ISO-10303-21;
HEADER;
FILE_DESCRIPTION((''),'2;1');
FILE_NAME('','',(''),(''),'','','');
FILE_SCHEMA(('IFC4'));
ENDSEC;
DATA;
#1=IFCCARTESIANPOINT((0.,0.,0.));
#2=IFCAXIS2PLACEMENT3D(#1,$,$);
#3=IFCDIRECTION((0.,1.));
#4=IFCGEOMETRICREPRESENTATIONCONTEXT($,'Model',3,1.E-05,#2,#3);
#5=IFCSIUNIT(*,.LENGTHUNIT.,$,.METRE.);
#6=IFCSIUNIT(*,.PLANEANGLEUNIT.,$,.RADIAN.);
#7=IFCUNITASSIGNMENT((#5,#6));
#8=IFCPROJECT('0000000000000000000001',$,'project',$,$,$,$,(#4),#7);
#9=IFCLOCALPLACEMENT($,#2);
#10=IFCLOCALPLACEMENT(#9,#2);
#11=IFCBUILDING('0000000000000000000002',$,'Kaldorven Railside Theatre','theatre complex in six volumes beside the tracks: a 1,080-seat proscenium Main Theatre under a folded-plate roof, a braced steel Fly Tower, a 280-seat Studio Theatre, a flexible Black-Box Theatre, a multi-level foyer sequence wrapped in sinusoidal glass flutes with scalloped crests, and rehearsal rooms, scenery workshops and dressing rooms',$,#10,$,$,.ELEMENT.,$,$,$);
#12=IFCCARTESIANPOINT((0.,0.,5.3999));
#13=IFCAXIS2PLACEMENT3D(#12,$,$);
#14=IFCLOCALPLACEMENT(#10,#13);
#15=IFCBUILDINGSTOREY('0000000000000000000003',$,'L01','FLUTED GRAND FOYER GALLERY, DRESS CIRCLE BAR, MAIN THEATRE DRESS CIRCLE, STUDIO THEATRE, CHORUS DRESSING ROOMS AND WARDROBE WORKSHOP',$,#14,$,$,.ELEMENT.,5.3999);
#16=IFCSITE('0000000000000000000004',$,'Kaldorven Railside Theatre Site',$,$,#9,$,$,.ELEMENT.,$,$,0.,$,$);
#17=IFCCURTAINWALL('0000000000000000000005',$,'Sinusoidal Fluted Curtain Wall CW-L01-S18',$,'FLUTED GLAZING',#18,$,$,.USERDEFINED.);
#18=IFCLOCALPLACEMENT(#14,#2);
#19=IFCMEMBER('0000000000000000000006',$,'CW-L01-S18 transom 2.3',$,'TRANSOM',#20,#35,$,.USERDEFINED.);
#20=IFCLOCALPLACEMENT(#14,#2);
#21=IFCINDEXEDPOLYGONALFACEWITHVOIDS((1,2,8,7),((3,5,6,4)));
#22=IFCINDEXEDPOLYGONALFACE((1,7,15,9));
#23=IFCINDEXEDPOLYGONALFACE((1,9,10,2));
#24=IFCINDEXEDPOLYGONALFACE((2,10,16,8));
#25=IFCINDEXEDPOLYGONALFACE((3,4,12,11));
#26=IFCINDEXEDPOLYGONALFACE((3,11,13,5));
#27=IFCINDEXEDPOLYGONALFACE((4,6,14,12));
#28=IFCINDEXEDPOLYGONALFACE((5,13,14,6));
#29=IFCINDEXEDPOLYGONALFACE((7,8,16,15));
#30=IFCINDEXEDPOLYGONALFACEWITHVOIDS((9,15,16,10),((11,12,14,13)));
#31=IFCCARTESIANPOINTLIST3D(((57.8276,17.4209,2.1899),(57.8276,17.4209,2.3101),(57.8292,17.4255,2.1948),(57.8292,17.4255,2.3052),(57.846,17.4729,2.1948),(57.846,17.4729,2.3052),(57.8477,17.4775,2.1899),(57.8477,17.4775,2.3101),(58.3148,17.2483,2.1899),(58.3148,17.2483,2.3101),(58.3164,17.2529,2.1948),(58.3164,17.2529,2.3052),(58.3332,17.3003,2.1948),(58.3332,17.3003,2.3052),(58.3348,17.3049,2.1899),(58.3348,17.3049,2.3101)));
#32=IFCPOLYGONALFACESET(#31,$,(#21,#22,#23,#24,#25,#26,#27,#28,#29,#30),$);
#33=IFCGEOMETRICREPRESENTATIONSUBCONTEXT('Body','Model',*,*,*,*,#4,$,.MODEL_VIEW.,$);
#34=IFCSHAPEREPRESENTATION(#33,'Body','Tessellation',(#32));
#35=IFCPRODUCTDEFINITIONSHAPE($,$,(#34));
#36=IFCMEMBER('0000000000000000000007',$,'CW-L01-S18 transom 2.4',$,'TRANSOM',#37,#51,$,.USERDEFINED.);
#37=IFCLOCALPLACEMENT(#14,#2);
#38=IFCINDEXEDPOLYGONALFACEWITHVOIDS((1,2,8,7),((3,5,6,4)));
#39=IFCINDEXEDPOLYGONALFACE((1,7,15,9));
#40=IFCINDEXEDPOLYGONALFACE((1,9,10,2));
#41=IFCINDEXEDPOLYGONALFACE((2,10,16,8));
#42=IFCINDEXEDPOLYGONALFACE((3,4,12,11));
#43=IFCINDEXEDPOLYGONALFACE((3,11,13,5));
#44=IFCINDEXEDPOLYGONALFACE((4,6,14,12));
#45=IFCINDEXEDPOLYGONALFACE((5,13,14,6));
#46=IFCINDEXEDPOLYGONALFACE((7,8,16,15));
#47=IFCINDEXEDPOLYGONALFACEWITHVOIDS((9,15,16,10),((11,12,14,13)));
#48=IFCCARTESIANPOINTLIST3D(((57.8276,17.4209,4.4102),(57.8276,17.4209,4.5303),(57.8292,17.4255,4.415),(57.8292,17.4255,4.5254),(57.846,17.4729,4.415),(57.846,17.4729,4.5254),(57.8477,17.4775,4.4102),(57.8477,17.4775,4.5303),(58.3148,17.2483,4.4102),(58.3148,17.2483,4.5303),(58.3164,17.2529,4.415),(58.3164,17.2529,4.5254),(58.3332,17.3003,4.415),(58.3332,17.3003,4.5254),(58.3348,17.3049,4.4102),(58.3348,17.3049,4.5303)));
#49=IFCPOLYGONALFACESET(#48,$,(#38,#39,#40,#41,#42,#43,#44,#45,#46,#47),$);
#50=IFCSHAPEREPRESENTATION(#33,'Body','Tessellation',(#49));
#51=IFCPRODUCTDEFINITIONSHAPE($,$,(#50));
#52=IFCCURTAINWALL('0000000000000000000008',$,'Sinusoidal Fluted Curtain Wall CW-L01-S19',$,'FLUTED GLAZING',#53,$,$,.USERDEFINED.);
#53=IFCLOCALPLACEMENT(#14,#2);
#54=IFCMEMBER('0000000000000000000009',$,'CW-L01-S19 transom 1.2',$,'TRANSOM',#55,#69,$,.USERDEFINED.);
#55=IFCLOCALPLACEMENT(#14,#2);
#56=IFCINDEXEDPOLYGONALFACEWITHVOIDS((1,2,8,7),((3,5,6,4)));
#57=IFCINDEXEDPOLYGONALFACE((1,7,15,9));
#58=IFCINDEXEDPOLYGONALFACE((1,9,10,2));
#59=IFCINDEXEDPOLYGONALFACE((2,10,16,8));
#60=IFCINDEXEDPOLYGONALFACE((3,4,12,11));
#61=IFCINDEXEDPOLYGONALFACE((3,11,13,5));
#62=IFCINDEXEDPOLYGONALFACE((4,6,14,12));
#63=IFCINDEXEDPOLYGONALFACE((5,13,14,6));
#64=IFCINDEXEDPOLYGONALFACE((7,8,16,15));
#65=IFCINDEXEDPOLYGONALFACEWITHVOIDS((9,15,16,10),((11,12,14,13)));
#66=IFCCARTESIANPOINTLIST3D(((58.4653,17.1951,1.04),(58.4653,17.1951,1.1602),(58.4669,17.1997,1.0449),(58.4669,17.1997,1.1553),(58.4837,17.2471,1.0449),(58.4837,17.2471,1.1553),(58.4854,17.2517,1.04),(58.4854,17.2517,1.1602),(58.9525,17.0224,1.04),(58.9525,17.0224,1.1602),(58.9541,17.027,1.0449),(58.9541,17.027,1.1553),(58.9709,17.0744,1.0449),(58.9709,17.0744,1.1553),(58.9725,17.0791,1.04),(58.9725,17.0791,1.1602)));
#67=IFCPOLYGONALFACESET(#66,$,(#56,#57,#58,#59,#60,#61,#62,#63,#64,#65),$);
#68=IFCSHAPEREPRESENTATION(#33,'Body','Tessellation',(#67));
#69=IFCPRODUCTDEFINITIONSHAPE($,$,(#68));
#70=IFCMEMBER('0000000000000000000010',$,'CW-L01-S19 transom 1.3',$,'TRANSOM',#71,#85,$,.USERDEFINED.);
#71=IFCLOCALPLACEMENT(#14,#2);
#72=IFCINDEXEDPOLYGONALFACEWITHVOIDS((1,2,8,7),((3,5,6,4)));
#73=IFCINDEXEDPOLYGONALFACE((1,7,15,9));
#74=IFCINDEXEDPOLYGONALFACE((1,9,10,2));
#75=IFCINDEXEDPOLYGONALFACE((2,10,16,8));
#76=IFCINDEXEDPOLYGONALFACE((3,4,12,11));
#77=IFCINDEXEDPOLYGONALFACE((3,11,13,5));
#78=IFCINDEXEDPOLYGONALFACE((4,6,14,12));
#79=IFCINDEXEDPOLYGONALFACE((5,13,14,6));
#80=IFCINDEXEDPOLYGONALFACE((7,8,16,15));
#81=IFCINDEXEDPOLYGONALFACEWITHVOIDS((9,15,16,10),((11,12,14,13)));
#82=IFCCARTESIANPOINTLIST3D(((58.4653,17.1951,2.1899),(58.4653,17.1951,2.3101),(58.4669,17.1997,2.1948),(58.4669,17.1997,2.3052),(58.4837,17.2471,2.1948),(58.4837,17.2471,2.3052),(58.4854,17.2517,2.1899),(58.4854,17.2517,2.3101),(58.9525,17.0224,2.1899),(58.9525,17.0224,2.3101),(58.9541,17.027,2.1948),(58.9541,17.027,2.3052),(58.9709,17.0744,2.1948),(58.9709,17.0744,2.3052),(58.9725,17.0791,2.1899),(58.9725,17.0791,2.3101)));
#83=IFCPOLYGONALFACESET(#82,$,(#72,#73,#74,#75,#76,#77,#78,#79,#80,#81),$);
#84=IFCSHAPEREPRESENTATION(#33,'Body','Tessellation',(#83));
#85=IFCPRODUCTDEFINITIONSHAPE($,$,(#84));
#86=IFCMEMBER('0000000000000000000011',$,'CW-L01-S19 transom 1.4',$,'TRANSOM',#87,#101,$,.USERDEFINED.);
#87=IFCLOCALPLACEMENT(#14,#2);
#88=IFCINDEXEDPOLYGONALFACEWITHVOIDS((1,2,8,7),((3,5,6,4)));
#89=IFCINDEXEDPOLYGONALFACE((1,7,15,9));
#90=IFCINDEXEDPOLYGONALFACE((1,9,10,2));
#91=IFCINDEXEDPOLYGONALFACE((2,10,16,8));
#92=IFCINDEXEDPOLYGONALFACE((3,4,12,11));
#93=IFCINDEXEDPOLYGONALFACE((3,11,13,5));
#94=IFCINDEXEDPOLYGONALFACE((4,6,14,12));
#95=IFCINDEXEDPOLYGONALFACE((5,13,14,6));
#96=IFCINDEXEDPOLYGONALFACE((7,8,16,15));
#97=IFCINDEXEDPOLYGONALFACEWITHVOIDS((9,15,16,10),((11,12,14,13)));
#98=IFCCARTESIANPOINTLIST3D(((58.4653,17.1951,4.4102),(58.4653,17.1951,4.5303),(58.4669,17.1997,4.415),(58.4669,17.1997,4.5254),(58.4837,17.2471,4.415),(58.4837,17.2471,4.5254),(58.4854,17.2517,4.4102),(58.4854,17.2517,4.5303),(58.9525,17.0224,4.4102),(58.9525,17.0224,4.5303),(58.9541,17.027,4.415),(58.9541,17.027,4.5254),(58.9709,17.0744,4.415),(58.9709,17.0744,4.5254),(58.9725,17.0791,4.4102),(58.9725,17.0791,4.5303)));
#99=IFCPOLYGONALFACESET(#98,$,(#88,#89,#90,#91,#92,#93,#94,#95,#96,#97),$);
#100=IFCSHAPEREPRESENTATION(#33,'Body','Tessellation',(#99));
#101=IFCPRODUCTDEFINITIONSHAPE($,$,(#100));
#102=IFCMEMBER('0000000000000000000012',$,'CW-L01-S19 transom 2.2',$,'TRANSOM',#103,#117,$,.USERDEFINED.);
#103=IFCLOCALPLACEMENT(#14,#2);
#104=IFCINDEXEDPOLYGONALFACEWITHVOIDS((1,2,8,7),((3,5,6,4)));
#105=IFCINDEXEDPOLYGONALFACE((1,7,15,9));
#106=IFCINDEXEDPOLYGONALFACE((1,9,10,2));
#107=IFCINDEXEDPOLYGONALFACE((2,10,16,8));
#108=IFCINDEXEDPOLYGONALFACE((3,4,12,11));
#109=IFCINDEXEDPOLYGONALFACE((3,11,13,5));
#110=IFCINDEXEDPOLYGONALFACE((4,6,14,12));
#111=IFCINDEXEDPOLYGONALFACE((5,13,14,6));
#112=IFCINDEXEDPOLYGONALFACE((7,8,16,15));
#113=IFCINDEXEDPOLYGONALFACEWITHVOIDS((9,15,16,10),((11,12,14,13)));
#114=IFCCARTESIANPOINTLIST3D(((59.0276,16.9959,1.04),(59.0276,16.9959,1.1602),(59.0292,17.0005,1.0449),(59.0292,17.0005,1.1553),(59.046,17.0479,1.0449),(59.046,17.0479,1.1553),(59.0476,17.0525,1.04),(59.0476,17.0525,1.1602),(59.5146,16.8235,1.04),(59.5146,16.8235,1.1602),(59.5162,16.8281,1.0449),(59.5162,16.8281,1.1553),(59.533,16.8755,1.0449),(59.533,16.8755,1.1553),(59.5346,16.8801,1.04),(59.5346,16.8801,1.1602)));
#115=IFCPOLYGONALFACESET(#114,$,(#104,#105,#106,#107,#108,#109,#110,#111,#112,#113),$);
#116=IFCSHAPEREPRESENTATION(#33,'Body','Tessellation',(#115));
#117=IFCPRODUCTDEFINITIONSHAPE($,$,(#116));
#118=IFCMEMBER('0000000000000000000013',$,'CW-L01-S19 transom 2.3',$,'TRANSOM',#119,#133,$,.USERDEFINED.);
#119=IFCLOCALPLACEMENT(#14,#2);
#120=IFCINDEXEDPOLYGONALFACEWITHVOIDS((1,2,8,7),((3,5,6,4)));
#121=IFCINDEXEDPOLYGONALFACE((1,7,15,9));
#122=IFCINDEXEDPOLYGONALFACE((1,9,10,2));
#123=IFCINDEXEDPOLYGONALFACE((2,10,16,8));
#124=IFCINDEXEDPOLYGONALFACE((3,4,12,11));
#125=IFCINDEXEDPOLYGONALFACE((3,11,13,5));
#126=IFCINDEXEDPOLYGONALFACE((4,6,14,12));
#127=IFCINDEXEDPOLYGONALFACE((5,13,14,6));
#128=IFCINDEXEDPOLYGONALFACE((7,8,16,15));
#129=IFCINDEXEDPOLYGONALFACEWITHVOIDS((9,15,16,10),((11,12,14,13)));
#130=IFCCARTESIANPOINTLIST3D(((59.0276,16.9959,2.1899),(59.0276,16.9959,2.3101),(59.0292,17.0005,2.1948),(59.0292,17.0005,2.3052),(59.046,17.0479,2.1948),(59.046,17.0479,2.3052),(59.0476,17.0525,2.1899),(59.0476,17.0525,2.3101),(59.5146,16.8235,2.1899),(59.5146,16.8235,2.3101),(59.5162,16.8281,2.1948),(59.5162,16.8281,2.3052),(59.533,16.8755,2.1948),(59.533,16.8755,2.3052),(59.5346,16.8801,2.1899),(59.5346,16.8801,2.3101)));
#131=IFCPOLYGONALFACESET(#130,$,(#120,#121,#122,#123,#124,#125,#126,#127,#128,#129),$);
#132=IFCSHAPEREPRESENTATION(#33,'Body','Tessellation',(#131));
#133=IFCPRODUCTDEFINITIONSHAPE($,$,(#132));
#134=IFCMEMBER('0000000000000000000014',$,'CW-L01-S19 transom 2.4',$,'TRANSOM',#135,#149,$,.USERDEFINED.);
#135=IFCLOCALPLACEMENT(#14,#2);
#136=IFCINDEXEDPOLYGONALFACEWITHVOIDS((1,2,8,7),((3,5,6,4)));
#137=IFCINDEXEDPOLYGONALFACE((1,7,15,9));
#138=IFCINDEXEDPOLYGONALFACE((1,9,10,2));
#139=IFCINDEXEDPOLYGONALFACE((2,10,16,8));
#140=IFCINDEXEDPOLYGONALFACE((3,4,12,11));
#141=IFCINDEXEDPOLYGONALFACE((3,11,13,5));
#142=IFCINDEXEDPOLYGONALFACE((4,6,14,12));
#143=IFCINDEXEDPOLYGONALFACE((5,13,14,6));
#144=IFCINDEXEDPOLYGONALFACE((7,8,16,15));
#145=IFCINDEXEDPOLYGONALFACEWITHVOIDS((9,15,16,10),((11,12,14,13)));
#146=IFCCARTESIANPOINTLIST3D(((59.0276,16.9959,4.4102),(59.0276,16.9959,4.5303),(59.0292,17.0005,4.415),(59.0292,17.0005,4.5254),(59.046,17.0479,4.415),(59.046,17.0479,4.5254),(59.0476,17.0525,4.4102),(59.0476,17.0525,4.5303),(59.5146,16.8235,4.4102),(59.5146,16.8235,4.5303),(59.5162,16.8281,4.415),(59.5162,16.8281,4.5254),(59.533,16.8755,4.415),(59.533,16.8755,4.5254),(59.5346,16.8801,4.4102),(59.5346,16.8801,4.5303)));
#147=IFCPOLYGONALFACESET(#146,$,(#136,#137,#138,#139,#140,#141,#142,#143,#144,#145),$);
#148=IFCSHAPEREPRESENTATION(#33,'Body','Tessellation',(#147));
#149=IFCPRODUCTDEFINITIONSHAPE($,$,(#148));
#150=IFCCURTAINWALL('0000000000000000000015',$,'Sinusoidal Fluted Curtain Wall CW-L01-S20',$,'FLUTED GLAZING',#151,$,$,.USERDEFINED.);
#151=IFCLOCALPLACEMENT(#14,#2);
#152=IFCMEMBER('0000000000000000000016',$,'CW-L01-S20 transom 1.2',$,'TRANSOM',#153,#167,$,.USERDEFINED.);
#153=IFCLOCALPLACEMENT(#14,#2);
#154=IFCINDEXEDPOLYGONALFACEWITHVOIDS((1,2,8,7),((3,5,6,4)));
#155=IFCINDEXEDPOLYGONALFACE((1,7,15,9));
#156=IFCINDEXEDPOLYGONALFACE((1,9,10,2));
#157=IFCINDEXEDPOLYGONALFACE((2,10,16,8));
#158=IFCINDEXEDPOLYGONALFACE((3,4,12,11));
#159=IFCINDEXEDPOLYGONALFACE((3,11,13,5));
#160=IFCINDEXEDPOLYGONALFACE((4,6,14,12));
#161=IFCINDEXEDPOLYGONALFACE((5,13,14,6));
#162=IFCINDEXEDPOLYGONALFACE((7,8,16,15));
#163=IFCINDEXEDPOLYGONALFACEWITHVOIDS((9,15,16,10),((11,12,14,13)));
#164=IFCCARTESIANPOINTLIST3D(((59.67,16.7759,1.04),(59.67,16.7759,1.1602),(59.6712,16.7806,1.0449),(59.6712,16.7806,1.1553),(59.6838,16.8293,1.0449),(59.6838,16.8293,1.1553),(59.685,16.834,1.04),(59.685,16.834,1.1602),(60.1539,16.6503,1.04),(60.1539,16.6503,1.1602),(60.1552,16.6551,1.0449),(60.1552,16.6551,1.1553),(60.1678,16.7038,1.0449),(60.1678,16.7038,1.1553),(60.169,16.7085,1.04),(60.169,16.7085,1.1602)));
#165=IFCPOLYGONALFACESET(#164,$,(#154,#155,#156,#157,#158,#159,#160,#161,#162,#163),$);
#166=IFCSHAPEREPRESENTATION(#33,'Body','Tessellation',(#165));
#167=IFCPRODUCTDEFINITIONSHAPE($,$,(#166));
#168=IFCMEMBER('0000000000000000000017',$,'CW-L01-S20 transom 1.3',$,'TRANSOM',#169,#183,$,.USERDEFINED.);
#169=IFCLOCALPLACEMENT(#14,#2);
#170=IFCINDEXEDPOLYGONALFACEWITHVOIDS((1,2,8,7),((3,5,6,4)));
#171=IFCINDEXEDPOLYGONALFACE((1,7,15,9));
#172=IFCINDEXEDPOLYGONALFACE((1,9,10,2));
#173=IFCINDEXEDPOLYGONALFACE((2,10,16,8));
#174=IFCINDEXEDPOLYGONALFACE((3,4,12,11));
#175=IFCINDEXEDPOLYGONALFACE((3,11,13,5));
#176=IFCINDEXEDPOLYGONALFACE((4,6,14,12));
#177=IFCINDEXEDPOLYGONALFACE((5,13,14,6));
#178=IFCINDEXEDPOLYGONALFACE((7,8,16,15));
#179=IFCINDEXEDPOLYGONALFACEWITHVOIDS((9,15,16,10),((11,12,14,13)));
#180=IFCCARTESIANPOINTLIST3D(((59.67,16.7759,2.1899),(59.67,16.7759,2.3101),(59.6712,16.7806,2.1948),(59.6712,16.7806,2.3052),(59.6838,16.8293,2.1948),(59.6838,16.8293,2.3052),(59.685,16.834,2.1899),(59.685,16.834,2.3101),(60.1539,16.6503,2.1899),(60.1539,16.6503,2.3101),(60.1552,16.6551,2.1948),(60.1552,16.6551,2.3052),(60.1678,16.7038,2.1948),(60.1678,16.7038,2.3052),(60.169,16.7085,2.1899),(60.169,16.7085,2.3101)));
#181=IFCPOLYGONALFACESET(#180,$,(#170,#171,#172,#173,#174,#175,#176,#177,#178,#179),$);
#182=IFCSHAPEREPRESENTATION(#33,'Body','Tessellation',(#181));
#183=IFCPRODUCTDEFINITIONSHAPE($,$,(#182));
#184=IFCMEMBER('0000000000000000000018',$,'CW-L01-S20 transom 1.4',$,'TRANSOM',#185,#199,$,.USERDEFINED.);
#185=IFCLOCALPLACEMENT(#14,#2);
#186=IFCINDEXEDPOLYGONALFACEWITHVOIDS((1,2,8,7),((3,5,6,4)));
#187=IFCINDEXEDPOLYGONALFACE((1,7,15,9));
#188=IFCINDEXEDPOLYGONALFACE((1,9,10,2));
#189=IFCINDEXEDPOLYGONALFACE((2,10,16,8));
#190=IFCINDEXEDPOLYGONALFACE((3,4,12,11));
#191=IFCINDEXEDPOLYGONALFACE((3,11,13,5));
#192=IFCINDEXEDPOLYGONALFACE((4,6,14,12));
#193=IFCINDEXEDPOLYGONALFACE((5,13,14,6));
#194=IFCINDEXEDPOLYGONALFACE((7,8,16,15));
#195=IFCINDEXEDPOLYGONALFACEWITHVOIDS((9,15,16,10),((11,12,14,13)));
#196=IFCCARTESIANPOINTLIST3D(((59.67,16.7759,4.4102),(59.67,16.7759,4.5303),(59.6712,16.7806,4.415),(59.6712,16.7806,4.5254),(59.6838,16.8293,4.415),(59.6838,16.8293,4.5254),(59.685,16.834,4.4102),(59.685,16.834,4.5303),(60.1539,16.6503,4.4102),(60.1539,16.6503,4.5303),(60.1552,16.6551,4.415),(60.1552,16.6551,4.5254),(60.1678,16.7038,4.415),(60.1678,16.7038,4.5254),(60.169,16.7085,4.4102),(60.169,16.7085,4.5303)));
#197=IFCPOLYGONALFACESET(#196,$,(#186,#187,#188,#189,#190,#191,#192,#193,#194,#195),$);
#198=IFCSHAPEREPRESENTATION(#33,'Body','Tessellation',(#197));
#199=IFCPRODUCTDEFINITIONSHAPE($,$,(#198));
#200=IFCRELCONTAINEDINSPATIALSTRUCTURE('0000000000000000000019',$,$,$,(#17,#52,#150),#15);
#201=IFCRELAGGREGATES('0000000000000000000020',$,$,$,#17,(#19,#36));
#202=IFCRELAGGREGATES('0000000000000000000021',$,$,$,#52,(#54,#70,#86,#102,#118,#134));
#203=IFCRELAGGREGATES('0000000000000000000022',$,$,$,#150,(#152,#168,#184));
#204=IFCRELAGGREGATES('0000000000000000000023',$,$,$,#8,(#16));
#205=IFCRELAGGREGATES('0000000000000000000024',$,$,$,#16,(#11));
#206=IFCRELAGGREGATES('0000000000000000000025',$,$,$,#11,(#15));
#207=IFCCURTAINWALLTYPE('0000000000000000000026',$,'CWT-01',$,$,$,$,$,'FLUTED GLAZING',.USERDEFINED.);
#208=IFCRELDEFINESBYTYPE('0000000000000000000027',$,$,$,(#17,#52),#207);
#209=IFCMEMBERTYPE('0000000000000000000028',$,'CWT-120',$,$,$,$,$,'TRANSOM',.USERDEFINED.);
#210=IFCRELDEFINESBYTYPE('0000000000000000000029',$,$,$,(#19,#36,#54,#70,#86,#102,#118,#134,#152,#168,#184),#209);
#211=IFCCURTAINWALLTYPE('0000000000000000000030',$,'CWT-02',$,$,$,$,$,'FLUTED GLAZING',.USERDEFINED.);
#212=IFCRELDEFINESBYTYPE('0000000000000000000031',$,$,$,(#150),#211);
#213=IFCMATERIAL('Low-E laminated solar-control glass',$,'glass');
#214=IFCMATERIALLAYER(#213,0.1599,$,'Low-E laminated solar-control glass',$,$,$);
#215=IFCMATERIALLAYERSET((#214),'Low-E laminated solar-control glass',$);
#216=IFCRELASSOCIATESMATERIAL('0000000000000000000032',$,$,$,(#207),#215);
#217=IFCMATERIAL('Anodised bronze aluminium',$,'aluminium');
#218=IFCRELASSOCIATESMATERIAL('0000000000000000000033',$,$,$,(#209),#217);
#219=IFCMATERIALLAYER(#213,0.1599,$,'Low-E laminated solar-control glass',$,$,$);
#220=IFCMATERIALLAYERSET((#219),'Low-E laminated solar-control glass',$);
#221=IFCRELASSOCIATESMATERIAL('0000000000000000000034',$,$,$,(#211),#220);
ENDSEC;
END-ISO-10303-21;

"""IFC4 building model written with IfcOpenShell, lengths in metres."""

from ifc_helpers import new_model, si_unit, direction, frame, origin, origin_2d, place, context, subcontext, project, spatial, hollow_rectangle, extrude, material, layer, layer_set, material_profile, profile_set, type_object, element, aggregate, save


model = new_model("IFC4")

# Units and contexts
model_context = context("Model", 3, precision=1e-05, world=origin(), true_north=direction((0.0, 1.0)))
body_context = subcontext(model_context, "Body", "Model", "MODEL_VIEW")
ifc_project = project(units=[si_unit("LENGTHUNIT", "METRE"), si_unit("PLANEANGLEUNIT", "RADIAN")], contexts=[model_context])

# Site, building, storey
site_placement = place(None, origin())
site = spatial("IfcSite", under=ifc_project, at=site_placement, Name="Kaldorven Railside Theatre Site", CompositionType="ELEMENT", RefElevation=0.0)
building_placement = place(site_placement, origin())
building = spatial("IfcBuilding", under=site, at=building_placement, Name="Kaldorven Railside Theatre", Description="theatre complex in six volumes beside the tracks: a 1,080-seat proscenium Main Theatre under a folded-plate roof, a braced steel Fly Tower, a 280-seat Studio Theatre, a flexible Black-Box Theatre, a multi-level foyer sequence wrapped in sinusoidal glass flutes with scalloped crests, and rehearsal rooms, scenery workshops and dressing rooms", CompositionType="ELEMENT")
storey_placement = place(building_placement, frame((0.0, 0.0, 5.3999)))
storey = spatial("IfcBuildingStorey", under=building, at=storey_placement, Name="L01", Description="FLUTED GRAND FOYER GALLERY, DRESS CIRCLE BAR, MAIN THEATRE DRESS CIRCLE, STUDIO THEATRE, CHORUS DRESSING ROOMS AND WARDROBE WORKSHOP", CompositionType="ELEMENT", Elevation=5.3999)

# Curtain walls, members
ifc_material_1 = material(Name="Low-E laminated solar-control glass", Category="glass")
ifc_layer_1 = layer(ifc_material_1, 0.1599, Name="Low-E laminated solar-control glass")
ifc_layer_set_1 = layer_set([ifc_layer_1], Name="Low-E laminated solar-control glass")
curtain_wall_type_1 = type_object("IfcCurtainWallType", Name="CWT-01", ElementType="FLUTED GLAZING", PredefinedType="USERDEFINED", material=ifc_layer_set_1)
curtain_wall_1_placement = place(storey_placement, origin())
curtain_wall_1 = element("IfcCurtainWall", 1, at=curtain_wall_1_placement, inside=storey, type_object=curtain_wall_type_1, Name="Sinusoidal Fluted Curtain Wall CW-L01-S18", ObjectType="FLUTED GLAZING", PredefinedType="USERDEFINED")
ifc_material_2 = material(Name="Anodised bronze aluminium", Category="aluminium")
ifc_material_profile = material_profile(ifc_material_2, hollow_rectangle(XDim=0.0601, YDim=0.1201, WallThickness=0.0049, at=origin_2d()), Name="RHS 120x60x5")
ifc_profile_set = profile_set([ifc_material_profile], Name="Anodised bronze aluminium")
member_type = type_object("IfcMemberType", Name="CWT-120", ElementType="TRANSOM", PredefinedType="USERDEFINED", material=ifc_profile_set)
member_1_placement = place(storey_placement, frame((57.8376, 17.4492, 2.25), z_axis=(0.942562, -0.334031, 0.0), x_axis=(0.334031, 0.942562, 0.0)))
member_1 = element("IfcMember", 2, at=member_1_placement, type_object=member_type, Name="CW-L01-S18 transom 2.3", ObjectType="TRANSOM", PredefinedType="USERDEFINED", context=body_context, shape_type="SweptSolid", body=[
    extrude(hollow_rectangle(XDim=0.0601, YDim=0.1201, WallThickness=0.0049, at=origin_2d()), origin(), (0.0, 0.0, 1.0), 0.5168),
])
member_2_placement = place(storey_placement, frame((57.8376, 17.4492, 4.4702), z_axis=(0.942562, -0.334031, 0.0), x_axis=(0.334031, 0.942562, 0.0)))
member_2 = element("IfcMember", 3, at=member_2_placement, type_object=member_type, Name="CW-L01-S18 transom 2.4", ObjectType="TRANSOM", PredefinedType="USERDEFINED", context=body_context, shape_type="SweptSolid", body=[
    extrude(hollow_rectangle(XDim=0.0601, YDim=0.1201, WallThickness=0.0049, at=origin_2d()), origin(), (0.0, 0.0, 1.0), 0.5168),
])
curtain_wall_2_placement = place(storey_placement, origin())
curtain_wall_2 = element("IfcCurtainWall", 4, at=curtain_wall_2_placement, inside=storey, type_object=curtain_wall_type_1, Name="Sinusoidal Fluted Curtain Wall CW-L01-S19", ObjectType="FLUTED GLAZING", PredefinedType="USERDEFINED")
member_3_placement = place(storey_placement, frame((58.4753, 17.2234, 1.1001), z_axis=(0.942562, -0.334031, 0.0), x_axis=(0.334031, 0.942562, 0.0)))
member_3 = element("IfcMember", 5, at=member_3_placement, type_object=member_type, Name="CW-L01-S19 transom 1.2", ObjectType="TRANSOM", PredefinedType="USERDEFINED", context=body_context, shape_type="SweptSolid", body=[
    extrude(hollow_rectangle(XDim=0.0601, YDim=0.1201, WallThickness=0.0049, at=origin_2d()), origin(), (0.0, 0.0, 1.0), 0.5168),
])
member_4_placement = place(storey_placement, frame((58.4753, 17.2234, 2.25), z_axis=(0.942562, -0.334031, 0.0), x_axis=(0.334031, 0.942562, 0.0)))
member_4 = element("IfcMember", 6, at=member_4_placement, type_object=member_type, Name="CW-L01-S19 transom 1.3", ObjectType="TRANSOM", PredefinedType="USERDEFINED", context=body_context, shape_type="SweptSolid", body=[
    extrude(hollow_rectangle(XDim=0.0601, YDim=0.1201, WallThickness=0.0049, at=origin_2d()), origin(), (0.0, 0.0, 1.0), 0.5168),
])
member_5_placement = place(storey_placement, frame((58.4753, 17.2234, 4.4702), z_axis=(0.942562, -0.334031, 0.0), x_axis=(0.334031, 0.942562, 0.0)))
member_5 = element("IfcMember", 7, at=member_5_placement, type_object=member_type, Name="CW-L01-S19 transom 1.4", ObjectType="TRANSOM", PredefinedType="USERDEFINED", context=body_context, shape_type="SweptSolid", body=[
    extrude(hollow_rectangle(XDim=0.0601, YDim=0.1201, WallThickness=0.0049, at=origin_2d()), origin(), (0.0, 0.0, 1.0), 0.5168),
])
member_6_placement = place(storey_placement, frame((59.0376, 17.0242, 1.1001), z_axis=(0.942711, -0.333611, 0.0), x_axis=(0.333611, 0.942711, 0.0)))
member_6 = element("IfcMember", 8, at=member_6_placement, type_object=member_type, Name="CW-L01-S19 transom 2.2", ObjectType="TRANSOM", PredefinedType="USERDEFINED", context=body_context, shape_type="SweptSolid", body=[
    extrude(hollow_rectangle(XDim=0.0601, YDim=0.1201, WallThickness=0.0049, at=origin_2d()), origin(), (0.0, 0.0, 1.0), 0.5166),
])
member_7_placement = place(storey_placement, frame((59.0376, 17.0242, 2.25), z_axis=(0.942711, -0.333611, 0.0), x_axis=(0.333611, 0.942711, 0.0)))
member_7 = element("IfcMember", 9, at=member_7_placement, type_object=member_type, Name="CW-L01-S19 transom 2.3", ObjectType="TRANSOM", PredefinedType="USERDEFINED", context=body_context, shape_type="SweptSolid", body=[
    extrude(hollow_rectangle(XDim=0.0601, YDim=0.1201, WallThickness=0.0049, at=origin_2d()), origin(), (0.0, 0.0, 1.0), 0.5166),
])
member_8_placement = place(storey_placement, frame((59.0376, 17.0242, 4.4702), z_axis=(0.942711, -0.333611, 0.0), x_axis=(0.333611, 0.942711, 0.0)))
member_8 = element("IfcMember", 10, at=member_8_placement, type_object=member_type, Name="CW-L01-S19 transom 2.4", ObjectType="TRANSOM", PredefinedType="USERDEFINED", context=body_context, shape_type="SweptSolid", body=[
    extrude(hollow_rectangle(XDim=0.0601, YDim=0.1201, WallThickness=0.0049, at=origin_2d()), origin(), (0.0, 0.0, 1.0), 0.5166),
])
ifc_layer_2 = layer(ifc_material_1, 0.1599, Name="Low-E laminated solar-control glass")
ifc_layer_set_2 = layer_set([ifc_layer_2], Name="Low-E laminated solar-control glass")
curtain_wall_type_2 = type_object("IfcCurtainWallType", Name="CWT-02", ElementType="FLUTED GLAZING", PredefinedType="USERDEFINED", material=ifc_layer_set_2)
curtain_wall_3_placement = place(storey_placement, origin())
curtain_wall_3 = element("IfcCurtainWall", 11, at=curtain_wall_3_placement, inside=storey, type_object=curtain_wall_type_2, Name="Sinusoidal Fluted Curtain Wall CW-L01-S20", ObjectType="FLUTED GLAZING", PredefinedType="USERDEFINED")
member_9_placement = place(storey_placement, frame((59.6775, 16.8049, 1.1001), z_axis=(0.967979, -0.25103, 0.0), x_axis=(0.25103, 0.967979, 0.0)))
member_9 = element("IfcMember", 12, at=member_9_placement, type_object=member_type, Name="CW-L01-S20 transom 1.2", ObjectType="TRANSOM", PredefinedType="USERDEFINED", context=body_context, shape_type="SweptSolid", body=[
    extrude(hollow_rectangle(XDim=0.0601, YDim=0.1201, WallThickness=0.0049, at=origin_2d()), origin(), (0.0, 0.0, 1.0), 0.5),
])
member_10_placement = place(storey_placement, frame((59.6775, 16.8049, 2.25), z_axis=(0.967979, -0.25103, 0.0), x_axis=(0.25103, 0.967979, 0.0)))
member_10 = element("IfcMember", 13, at=member_10_placement, type_object=member_type, Name="CW-L01-S20 transom 1.3", ObjectType="TRANSOM", PredefinedType="USERDEFINED", context=body_context, shape_type="SweptSolid", body=[
    extrude(hollow_rectangle(XDim=0.0601, YDim=0.1201, WallThickness=0.0049, at=origin_2d()), origin(), (0.0, 0.0, 1.0), 0.5),
])
member_11_placement = place(storey_placement, frame((59.6775, 16.8049, 4.4702), z_axis=(0.967979, -0.25103, 0.0), x_axis=(0.25103, 0.967979, 0.0)))
member_11 = element("IfcMember", 14, at=member_11_placement, type_object=member_type, Name="CW-L01-S20 transom 1.4", ObjectType="TRANSOM", PredefinedType="USERDEFINED", context=body_context, shape_type="SweptSolid", body=[
    extrude(hollow_rectangle(XDim=0.0601, YDim=0.1201, WallThickness=0.0049, at=origin_2d()), origin(), (0.0, 0.0, 1.0), 0.5),
])

aggregate(curtain_wall_1, [member_1, member_2])
aggregate(curtain_wall_2, [member_3, member_4, member_5, member_6, member_7, member_8])
aggregate(curtain_wall_3, [member_9, member_10, member_11])

save(model, "model.ifc")
